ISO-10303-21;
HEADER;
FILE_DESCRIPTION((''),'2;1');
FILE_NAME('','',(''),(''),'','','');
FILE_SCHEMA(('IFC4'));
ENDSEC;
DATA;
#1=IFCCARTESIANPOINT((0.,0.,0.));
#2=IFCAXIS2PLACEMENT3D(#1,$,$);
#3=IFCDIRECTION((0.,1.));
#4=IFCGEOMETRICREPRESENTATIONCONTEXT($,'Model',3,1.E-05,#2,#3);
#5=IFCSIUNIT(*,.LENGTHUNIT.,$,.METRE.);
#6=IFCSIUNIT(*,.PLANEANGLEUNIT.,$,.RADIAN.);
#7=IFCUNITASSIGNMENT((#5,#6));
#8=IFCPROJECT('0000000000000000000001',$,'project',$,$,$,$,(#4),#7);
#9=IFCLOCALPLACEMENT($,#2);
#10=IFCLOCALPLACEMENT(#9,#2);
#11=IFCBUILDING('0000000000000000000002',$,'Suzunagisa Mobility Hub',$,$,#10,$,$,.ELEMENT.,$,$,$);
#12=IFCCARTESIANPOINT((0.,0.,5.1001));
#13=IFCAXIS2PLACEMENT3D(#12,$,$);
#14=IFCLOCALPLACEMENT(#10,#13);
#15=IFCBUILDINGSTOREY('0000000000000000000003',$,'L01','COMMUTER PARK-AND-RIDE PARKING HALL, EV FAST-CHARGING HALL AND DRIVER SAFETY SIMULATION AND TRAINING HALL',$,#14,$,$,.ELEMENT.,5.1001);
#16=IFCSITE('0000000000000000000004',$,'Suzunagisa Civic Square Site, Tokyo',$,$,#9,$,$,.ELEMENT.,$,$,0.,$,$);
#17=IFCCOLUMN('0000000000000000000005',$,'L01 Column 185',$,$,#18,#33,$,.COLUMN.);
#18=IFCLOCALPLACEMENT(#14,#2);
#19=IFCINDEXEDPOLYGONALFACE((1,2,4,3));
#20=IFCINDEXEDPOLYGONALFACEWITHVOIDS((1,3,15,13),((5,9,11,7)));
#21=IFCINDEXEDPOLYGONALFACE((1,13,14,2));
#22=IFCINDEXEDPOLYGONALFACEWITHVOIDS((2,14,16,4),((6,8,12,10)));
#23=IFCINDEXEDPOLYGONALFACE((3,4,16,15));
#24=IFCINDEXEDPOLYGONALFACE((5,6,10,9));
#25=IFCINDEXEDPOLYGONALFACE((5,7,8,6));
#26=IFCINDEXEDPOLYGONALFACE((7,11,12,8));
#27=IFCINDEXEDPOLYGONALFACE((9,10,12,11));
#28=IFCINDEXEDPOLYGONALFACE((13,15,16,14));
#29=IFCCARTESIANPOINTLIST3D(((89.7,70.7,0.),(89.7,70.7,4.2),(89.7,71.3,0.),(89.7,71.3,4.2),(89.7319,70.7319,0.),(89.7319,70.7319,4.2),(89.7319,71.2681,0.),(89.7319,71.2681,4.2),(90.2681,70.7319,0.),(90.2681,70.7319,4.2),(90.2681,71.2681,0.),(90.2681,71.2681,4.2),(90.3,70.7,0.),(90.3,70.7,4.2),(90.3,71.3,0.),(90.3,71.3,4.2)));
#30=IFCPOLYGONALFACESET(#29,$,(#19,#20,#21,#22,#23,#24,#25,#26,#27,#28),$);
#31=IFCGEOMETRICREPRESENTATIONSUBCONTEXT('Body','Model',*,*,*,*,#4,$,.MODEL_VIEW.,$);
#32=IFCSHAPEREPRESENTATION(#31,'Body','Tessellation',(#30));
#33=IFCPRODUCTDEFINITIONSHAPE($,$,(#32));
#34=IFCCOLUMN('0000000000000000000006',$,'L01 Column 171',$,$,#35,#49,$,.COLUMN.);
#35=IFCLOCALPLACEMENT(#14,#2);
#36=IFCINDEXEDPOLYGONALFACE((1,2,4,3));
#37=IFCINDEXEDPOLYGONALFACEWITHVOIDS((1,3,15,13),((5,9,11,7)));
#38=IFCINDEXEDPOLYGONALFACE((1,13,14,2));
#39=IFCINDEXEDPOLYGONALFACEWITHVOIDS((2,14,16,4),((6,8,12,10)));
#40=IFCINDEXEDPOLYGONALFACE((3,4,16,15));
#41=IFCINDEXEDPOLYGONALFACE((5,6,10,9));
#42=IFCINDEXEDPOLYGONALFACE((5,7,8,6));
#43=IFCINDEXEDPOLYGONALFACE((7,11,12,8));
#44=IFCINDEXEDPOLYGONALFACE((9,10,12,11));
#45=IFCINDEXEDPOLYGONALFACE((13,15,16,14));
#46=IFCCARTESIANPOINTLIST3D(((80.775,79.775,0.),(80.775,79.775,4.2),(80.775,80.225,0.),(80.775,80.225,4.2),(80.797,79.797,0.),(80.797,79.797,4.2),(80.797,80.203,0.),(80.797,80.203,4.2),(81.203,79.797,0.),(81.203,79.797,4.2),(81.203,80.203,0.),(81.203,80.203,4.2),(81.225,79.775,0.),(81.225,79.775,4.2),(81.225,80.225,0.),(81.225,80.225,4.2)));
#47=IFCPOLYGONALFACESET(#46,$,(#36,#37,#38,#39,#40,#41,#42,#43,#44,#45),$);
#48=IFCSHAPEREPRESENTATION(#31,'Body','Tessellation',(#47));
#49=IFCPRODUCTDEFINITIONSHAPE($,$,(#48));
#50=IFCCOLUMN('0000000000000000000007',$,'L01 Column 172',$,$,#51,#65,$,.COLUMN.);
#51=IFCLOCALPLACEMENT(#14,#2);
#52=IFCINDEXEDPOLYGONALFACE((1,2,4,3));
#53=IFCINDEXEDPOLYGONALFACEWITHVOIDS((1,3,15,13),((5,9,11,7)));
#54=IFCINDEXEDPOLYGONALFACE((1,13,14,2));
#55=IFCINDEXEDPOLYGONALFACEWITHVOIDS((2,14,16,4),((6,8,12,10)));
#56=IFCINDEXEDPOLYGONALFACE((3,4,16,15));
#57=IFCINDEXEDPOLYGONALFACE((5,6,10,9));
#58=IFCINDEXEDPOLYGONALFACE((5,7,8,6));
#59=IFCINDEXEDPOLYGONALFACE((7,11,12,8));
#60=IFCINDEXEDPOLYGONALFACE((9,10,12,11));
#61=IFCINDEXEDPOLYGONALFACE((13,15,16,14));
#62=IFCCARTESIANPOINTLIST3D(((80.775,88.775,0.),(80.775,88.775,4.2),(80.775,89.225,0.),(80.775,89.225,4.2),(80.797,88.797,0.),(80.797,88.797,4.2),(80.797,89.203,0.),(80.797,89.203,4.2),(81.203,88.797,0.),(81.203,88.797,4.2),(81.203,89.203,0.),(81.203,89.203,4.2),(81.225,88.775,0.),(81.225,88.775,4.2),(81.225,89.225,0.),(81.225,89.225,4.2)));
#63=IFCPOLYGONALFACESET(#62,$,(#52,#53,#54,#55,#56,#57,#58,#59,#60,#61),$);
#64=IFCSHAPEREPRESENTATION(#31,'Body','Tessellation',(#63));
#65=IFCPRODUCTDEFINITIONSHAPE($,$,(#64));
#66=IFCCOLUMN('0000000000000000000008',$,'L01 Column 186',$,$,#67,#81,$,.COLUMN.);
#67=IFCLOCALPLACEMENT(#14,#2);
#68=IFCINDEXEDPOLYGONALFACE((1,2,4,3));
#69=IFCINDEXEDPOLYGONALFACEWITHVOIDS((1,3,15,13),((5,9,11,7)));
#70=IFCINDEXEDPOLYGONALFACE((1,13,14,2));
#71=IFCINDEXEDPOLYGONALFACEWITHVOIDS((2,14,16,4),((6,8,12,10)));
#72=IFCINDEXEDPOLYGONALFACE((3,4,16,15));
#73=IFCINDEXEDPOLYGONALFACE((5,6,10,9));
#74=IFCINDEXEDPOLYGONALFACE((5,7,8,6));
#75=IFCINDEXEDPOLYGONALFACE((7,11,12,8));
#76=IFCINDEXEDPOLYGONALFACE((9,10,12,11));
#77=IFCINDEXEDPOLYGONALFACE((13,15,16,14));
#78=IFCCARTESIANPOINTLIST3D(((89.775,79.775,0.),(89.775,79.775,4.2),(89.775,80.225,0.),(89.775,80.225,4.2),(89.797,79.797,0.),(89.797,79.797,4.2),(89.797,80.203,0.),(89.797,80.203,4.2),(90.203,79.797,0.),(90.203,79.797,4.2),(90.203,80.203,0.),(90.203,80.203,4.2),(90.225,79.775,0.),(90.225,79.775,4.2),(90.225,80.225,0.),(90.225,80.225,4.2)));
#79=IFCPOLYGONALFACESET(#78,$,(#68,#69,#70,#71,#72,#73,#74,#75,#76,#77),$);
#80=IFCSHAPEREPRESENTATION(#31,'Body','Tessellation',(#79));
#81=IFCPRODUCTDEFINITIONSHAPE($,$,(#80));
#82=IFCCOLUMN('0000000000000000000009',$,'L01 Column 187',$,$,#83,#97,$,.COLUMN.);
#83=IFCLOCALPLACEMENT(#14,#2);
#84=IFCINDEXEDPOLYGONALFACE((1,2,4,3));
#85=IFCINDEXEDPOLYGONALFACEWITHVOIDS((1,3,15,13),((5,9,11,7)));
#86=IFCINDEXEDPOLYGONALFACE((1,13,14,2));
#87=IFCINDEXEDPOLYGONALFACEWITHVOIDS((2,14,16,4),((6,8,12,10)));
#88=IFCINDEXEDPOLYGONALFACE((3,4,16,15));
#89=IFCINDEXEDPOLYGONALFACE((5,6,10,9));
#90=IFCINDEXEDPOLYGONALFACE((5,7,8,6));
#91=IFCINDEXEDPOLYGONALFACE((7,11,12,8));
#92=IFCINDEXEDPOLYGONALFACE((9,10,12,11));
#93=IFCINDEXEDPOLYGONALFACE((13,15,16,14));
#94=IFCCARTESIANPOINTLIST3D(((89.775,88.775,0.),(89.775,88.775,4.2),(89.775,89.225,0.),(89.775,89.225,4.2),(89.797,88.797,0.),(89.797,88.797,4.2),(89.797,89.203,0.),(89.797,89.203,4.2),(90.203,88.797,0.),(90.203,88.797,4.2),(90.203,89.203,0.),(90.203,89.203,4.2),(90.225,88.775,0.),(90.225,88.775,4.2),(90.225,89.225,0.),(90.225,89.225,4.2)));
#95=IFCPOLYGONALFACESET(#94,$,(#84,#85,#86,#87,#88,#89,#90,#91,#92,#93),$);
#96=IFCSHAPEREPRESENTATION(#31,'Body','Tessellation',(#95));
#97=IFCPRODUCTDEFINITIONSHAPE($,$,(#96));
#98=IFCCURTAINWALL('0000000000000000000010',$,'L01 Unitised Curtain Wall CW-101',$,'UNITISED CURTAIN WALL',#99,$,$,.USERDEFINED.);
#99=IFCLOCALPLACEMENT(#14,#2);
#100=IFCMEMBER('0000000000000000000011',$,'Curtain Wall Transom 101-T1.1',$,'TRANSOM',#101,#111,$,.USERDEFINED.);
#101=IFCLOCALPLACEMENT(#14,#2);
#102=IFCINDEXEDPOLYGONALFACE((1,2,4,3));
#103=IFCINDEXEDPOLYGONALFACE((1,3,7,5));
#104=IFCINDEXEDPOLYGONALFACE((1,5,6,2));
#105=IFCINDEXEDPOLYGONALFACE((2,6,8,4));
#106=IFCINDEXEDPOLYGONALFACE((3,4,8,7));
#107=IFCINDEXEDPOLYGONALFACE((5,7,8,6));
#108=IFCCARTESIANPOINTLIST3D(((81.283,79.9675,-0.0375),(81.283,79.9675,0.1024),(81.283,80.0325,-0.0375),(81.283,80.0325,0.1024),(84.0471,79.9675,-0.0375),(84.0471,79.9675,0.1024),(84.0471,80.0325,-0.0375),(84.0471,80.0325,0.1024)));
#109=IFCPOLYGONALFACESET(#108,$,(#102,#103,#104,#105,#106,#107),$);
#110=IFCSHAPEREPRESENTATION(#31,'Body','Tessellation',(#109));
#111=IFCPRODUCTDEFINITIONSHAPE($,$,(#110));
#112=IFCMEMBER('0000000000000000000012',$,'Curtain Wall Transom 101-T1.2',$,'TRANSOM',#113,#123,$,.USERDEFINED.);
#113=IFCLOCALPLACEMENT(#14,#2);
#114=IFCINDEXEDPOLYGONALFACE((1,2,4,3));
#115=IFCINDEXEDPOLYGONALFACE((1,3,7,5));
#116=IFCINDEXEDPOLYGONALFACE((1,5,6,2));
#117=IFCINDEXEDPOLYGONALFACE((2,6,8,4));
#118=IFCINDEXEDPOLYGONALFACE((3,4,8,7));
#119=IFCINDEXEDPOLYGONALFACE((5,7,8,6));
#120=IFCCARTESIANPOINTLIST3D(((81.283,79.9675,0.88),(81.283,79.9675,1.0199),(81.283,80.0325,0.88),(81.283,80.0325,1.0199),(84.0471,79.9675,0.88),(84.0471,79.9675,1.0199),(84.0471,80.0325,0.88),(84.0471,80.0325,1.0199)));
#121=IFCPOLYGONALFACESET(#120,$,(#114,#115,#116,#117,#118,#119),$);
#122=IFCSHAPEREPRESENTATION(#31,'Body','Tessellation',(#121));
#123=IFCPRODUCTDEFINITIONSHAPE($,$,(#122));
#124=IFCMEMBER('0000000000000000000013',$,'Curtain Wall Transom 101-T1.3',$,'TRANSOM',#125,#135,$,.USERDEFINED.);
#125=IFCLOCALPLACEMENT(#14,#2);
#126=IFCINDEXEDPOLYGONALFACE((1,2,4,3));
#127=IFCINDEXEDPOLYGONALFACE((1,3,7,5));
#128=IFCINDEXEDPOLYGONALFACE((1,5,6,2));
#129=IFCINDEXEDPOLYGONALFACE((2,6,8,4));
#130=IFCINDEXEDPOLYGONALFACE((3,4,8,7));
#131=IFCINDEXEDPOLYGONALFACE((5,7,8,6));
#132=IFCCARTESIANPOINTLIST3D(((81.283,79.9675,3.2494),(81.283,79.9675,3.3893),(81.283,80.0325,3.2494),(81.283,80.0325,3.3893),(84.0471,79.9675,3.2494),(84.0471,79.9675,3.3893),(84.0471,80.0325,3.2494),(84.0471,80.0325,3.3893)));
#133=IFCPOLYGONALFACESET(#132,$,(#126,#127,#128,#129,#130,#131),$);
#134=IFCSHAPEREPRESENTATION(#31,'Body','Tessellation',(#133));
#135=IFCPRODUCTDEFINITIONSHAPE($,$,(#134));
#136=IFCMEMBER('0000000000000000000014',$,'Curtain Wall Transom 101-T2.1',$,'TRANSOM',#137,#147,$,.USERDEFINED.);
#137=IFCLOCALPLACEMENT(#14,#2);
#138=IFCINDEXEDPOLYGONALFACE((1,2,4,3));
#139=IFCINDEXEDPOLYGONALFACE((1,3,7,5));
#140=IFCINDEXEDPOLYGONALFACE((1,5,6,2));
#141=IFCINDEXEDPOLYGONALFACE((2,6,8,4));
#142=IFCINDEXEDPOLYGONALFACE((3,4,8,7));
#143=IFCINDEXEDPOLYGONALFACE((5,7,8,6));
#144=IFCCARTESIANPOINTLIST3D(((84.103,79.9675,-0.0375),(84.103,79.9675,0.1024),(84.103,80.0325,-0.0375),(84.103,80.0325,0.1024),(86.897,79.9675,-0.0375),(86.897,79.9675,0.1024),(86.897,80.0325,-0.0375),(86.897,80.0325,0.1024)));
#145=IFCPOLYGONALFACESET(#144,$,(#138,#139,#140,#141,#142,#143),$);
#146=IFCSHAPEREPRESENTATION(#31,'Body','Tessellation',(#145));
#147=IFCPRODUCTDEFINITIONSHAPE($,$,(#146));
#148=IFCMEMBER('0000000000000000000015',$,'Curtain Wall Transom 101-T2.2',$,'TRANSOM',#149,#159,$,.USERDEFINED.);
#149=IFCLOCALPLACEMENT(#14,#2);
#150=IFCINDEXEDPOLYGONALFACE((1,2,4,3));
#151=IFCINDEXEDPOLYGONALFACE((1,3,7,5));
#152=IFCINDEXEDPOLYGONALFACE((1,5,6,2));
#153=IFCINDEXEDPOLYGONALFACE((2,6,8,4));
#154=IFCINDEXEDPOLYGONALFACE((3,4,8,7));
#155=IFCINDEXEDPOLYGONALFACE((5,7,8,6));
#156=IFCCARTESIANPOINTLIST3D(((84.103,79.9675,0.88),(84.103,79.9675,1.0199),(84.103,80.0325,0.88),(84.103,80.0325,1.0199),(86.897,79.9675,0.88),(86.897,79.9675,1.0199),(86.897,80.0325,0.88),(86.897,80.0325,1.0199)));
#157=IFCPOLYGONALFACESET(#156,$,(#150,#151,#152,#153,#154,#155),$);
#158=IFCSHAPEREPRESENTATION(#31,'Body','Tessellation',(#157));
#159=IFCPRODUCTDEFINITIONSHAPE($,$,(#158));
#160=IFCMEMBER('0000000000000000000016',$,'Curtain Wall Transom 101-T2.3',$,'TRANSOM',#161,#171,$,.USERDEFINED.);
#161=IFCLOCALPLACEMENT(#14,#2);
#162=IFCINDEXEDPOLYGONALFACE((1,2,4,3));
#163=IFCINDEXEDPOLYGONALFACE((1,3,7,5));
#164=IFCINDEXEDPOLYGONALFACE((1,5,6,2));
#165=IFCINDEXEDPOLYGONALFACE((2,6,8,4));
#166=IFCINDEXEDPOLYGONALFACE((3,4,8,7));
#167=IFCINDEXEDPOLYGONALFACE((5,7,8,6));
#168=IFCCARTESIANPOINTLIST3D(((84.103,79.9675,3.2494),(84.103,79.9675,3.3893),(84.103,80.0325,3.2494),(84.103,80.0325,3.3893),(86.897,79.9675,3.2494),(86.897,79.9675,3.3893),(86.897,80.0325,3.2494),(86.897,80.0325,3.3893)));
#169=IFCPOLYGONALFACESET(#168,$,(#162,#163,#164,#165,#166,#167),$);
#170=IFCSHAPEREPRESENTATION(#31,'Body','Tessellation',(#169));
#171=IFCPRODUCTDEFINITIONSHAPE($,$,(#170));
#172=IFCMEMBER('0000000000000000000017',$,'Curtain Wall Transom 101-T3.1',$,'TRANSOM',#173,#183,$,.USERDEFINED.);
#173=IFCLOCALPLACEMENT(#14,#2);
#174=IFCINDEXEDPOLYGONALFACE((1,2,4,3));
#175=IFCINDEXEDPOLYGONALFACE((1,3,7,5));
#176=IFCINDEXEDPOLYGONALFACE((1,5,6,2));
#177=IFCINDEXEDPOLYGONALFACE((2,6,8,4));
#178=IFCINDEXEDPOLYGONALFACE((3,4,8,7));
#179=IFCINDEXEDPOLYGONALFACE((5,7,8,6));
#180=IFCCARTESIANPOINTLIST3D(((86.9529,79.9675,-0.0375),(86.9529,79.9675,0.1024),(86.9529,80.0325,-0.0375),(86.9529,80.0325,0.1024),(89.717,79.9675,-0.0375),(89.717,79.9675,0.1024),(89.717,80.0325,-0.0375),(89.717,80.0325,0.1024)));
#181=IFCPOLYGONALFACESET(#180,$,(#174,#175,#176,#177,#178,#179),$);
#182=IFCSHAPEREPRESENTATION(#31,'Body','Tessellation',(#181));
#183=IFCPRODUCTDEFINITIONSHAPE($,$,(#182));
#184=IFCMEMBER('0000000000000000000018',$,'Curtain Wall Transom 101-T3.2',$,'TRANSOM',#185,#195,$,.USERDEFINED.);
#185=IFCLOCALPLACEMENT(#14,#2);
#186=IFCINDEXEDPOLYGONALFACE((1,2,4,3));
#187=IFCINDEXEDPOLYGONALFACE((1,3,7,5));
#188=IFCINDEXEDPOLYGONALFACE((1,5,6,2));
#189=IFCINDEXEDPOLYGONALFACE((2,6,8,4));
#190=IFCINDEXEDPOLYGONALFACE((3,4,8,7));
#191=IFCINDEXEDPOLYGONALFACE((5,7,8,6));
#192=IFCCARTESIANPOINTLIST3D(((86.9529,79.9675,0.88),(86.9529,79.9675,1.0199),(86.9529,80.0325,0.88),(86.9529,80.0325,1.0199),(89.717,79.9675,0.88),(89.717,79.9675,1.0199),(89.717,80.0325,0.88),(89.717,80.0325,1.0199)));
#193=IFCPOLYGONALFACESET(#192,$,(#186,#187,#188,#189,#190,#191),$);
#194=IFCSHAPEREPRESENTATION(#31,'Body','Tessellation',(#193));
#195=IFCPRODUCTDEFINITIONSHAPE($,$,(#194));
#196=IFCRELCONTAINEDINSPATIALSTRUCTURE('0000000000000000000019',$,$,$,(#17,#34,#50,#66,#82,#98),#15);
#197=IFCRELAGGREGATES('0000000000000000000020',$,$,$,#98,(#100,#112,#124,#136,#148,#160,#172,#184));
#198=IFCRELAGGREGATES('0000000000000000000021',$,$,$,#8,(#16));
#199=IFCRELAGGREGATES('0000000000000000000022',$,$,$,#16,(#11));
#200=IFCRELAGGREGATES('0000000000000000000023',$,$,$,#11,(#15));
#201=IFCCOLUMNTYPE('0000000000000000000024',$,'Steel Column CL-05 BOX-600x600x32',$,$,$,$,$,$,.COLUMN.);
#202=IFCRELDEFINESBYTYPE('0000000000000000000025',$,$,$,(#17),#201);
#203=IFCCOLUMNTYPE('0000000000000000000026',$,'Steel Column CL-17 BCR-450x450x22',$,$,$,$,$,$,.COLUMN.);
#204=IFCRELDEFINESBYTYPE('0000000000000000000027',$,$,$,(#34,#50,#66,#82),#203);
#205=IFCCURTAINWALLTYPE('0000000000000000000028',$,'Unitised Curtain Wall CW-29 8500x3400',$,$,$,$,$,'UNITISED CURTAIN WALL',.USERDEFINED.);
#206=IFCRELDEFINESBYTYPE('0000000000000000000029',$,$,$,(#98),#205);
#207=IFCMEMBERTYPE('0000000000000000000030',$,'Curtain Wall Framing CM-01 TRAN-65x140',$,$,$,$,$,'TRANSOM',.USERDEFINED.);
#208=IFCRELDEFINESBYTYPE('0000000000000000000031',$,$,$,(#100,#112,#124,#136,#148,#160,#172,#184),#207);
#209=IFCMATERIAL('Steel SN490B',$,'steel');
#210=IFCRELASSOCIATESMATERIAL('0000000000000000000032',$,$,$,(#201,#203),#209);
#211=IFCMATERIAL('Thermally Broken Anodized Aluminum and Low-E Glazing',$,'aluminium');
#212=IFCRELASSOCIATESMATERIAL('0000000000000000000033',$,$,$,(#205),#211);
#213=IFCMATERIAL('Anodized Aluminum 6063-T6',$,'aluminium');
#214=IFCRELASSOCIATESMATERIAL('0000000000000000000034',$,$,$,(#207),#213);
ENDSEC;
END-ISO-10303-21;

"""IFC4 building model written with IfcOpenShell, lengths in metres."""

from ifc_helpers import new_model, si_unit, direction, frame, origin, origin_2d, place, context, subcontext, project, spatial, rectangle, hollow_rectangle, extrude, material, material_profile, profile_set, type_object, element, aggregate, save


model = new_model("IFC4")

# Units and contexts
model_context = context("Model", 3, precision=1e-05, world=origin(), true_north=direction((0.0, 1.0)))
body_context = subcontext(model_context, "Body", "Model", "MODEL_VIEW")
ifc_project = project(units=[si_unit("LENGTHUNIT", "METRE"), si_unit("PLANEANGLEUNIT", "RADIAN")], contexts=[model_context])

# Site, building, storey
site_placement = place(None, origin())
site = spatial("IfcSite", under=ifc_project, at=site_placement, Name="Suzunagisa Civic Square Site, Tokyo", CompositionType="ELEMENT", RefElevation=0.0)
building_placement = place(site_placement, origin())
building = spatial("IfcBuilding", under=site, at=building_placement, Name="Suzunagisa Mobility Hub", CompositionType="ELEMENT")
storey_placement = place(building_placement, frame((0.0, 0.0, 5.1001)))
storey = spatial("IfcBuildingStorey", under=building, at=storey_placement, Name="L01", Description="COMMUTER PARK-AND-RIDE PARKING HALL, EV FAST-CHARGING HALL AND DRIVER SAFETY SIMULATION AND TRAINING HALL", CompositionType="ELEMENT", Elevation=5.1001)

# Columns
ifc_material_1 = material(Name="Steel SN490B", Category="steel")
ifc_material_profile_1 = material_profile(ifc_material_1, hollow_rectangle(XDim=0.6001, YDim=0.6001, WallThickness=0.032, at=origin_2d()), Name="BOX-600x600x32")
ifc_profile_set_1 = profile_set([ifc_material_profile_1], Name="Steel SN490B")
column_type_1 = type_object("IfcColumnType", Name="Steel Column CL-05 BOX-600x600x32", PredefinedType="COLUMN", material=ifc_profile_set_1)
column_placement = place(storey_placement, frame((90.0, 71.0, 0.0), z_axis=(0.0, 0.0, 1.0), x_axis=(1.0, 0.0, 0.0)))
element("IfcColumn", 1, at=column_placement, inside=storey, type_object=column_type_1, Name="L01 Column 185", PredefinedType="COLUMN", context=body_context, shape_type="SweptSolid", body=[
    extrude(hollow_rectangle(XDim=0.6001, YDim=0.6001, WallThickness=0.032, at=origin_2d()), origin(), (0.0, 0.0, 1.0), 4.2),
])
ifc_material_profile_2 = material_profile(ifc_material_1, hollow_rectangle(XDim=0.45, YDim=0.45, WallThickness=0.022, at=origin_2d()), Name="BCR-450x450x22")
ifc_profile_set_2 = profile_set([ifc_material_profile_2], Name="Steel SN490B")
column_type_2 = type_object("IfcColumnType", Name="Steel Column CL-17 BCR-450x450x22", PredefinedType="COLUMN", material=ifc_profile_set_2)
for number, where, z_axis, x_axis, name in (
    (2, (81.0, 80.0, 0.0), (0.0, 0.0, 1.0), (1.0, 0.0, 0.0), "L01 Column 171"),
    (3, (81.0, 89.0, 0.0), (0.0, 0.0, 1.0), (1.0, 0.0, 0.0), "L01 Column 172"),
    (4, (90.0, 80.0, 0.0), (0.0, 0.0, 1.0), (1.0, 0.0, 0.0), "L01 Column 186"),
    (5, (90.0, 89.0, 0.0), (0.0, 0.0, 1.0), (1.0, 0.0, 0.0), "L01 Column 187"),
):
    element("IfcColumn", number, at=place(storey_placement, frame(where, z_axis=z_axis, x_axis=x_axis)), inside=storey, type_object=column_type_2, Name=name, PredefinedType="COLUMN", context=body_context, shape_type="SweptSolid", body=[
        extrude(hollow_rectangle(XDim=0.45, YDim=0.45, WallThickness=0.022, at=origin_2d()), origin(), (0.0, 0.0, 1.0), 4.2),
    ])

# Curtain wall, members
ifc_material_2 = material(Name="Thermally Broken Anodized Aluminum and Low-E Glazing", Category="aluminium")
curtain_wall_type = type_object("IfcCurtainWallType", Name="Unitised Curtain Wall CW-29 8500x3400", ElementType="UNITISED CURTAIN WALL", PredefinedType="USERDEFINED", material=ifc_material_2)
curtain_wall_placement = place(storey_placement, origin())
curtain_wall = element("IfcCurtainWall", 6, at=curtain_wall_placement, inside=storey, type_object=curtain_wall_type, Name="L01 Unitised Curtain Wall CW-101", ObjectType="UNITISED CURTAIN WALL", PredefinedType="USERDEFINED")
ifc_material_3 = material(Name="Anodized Aluminum 6063-T6", Category="aluminium")
ifc_material_profile_3 = material_profile(ifc_material_3, rectangle(XDim=0.0649, YDim=0.1399, at=origin_2d()), Name="TRAN-65x140")
ifc_profile_set_3 = profile_set([ifc_material_profile_3], Name="Anodized Aluminum 6063-T6")
member_type_1 = type_object("IfcMemberType", Name="Curtain Wall Framing CM-01 TRAN-65x140", ElementType="TRANSOM", PredefinedType="USERDEFINED", material=ifc_profile_set_3)
member_1_placement = place(storey_placement, frame((81.283, 80.0, 0.0325), z_axis=(1.0, 0.0, 0.0), x_axis=(0.0, 1.0, 0.0)))
member_1 = element("IfcMember", 7, at=member_1_placement, type_object=member_type_1, Name="Curtain Wall Transom 101-T1.1", ObjectType="TRANSOM", PredefinedType="USERDEFINED", context=body_context, shape_type="SweptSolid", body=[
    extrude(rectangle(XDim=0.0649, YDim=0.1399, at=origin_2d()), origin(), (0.0, 0.0, 1.0), 2.7642),
])
member_2_placement = place(storey_placement, frame((81.283, 80.0, 0.95), z_axis=(1.0, 0.0, 0.0), x_axis=(0.0, 1.0, 0.0)))
member_2 = element("IfcMember", 8, at=member_2_placement, type_object=member_type_1, Name="Curtain Wall Transom 101-T1.2", ObjectType="TRANSOM", PredefinedType="USERDEFINED", context=body_context, shape_type="SweptSolid", body=[
    extrude(rectangle(XDim=0.0649, YDim=0.1399, at=origin_2d()), origin(), (0.0, 0.0, 1.0), 2.7642),
])
member_3_placement = place(storey_placement, frame((81.283, 80.0, 3.3193), z_axis=(1.0, 0.0, 0.0), x_axis=(0.0, 1.0, 0.0)))
member_3 = element("IfcMember", 9, at=member_3_placement, type_object=member_type_1, Name="Curtain Wall Transom 101-T1.3", ObjectType="TRANSOM", PredefinedType="USERDEFINED", context=body_context, shape_type="SweptSolid", body=[
    extrude(rectangle(XDim=0.0649, YDim=0.1399, at=origin_2d()), origin(), (0.0, 0.0, 1.0), 2.7642),
])
member_4_placement = place(storey_placement, frame((84.103, 80.0, 0.0325), z_axis=(1.0, 0.0, 0.0), x_axis=(0.0, 1.0, 0.0)))
member_4 = element("IfcMember", 10, at=member_4_placement, type_object=member_type_1, Name="Curtain Wall Transom 101-T2.1", ObjectType="TRANSOM", PredefinedType="USERDEFINED", context=body_context, shape_type="SweptSolid", body=[
    extrude(rectangle(XDim=0.0649, YDim=0.1399, at=origin_2d()), origin(), (0.0, 0.0, 1.0), 2.7939),
])
member_5_placement = place(storey_placement, frame((84.103, 80.0, 0.95), z_axis=(1.0, 0.0, 0.0), x_axis=(0.0, 1.0, 0.0)))
member_5 = element("IfcMember", 11, at=member_5_placement, type_object=member_type_1, Name="Curtain Wall Transom 101-T2.2", ObjectType="TRANSOM", PredefinedType="USERDEFINED", context=body_context, shape_type="SweptSolid", body=[
    extrude(rectangle(XDim=0.0649, YDim=0.1399, at=origin_2d()), origin(), (0.0, 0.0, 1.0), 2.7939),
])
member_6_placement = place(storey_placement, frame((84.103, 80.0, 3.3193), z_axis=(1.0, 0.0, 0.0), x_axis=(0.0, 1.0, 0.0)))
member_6 = element("IfcMember", 12, at=member_6_placement, type_object=member_type_1, Name="Curtain Wall Transom 101-T2.3", ObjectType="TRANSOM", PredefinedType="USERDEFINED", context=body_context, shape_type="SweptSolid", body=[
    extrude(rectangle(XDim=0.0649, YDim=0.1399, at=origin_2d()), origin(), (0.0, 0.0, 1.0), 2.7939),
])
member_7_placement = place(storey_placement, frame((86.9529, 80.0, 0.0325), z_axis=(1.0, 0.0, 0.0), x_axis=(0.0, 1.0, 0.0)))
member_7 = element("IfcMember", 13, at=member_7_placement, type_object=member_type_1, Name="Curtain Wall Transom 101-T3.1", ObjectType="TRANSOM", PredefinedType="USERDEFINED", context=body_context, shape_type="SweptSolid", body=[
    extrude(rectangle(XDim=0.0649, YDim=0.1399, at=origin_2d()), origin(), (0.0, 0.0, 1.0), 2.7642),
])
member_8_placement = place(storey_placement, frame((86.9529, 80.0, 0.95), z_axis=(1.0, 0.0, 0.0), x_axis=(0.0, 1.0, 0.0)))
member_8 = element("IfcMember", 14, at=member_8_placement, type_object=member_type_1, Name="Curtain Wall Transom 101-T3.2", ObjectType="TRANSOM", PredefinedType="USERDEFINED", context=body_context, shape_type="SweptSolid", body=[
    extrude(rectangle(XDim=0.0649, YDim=0.1399, at=origin_2d()), origin(), (0.0, 0.0, 1.0), 2.7642),
])

aggregate(curtain_wall, [member_1, member_2, member_3, member_4, member_5, member_6, member_7, member_8])

save(model, "model.ifc")
